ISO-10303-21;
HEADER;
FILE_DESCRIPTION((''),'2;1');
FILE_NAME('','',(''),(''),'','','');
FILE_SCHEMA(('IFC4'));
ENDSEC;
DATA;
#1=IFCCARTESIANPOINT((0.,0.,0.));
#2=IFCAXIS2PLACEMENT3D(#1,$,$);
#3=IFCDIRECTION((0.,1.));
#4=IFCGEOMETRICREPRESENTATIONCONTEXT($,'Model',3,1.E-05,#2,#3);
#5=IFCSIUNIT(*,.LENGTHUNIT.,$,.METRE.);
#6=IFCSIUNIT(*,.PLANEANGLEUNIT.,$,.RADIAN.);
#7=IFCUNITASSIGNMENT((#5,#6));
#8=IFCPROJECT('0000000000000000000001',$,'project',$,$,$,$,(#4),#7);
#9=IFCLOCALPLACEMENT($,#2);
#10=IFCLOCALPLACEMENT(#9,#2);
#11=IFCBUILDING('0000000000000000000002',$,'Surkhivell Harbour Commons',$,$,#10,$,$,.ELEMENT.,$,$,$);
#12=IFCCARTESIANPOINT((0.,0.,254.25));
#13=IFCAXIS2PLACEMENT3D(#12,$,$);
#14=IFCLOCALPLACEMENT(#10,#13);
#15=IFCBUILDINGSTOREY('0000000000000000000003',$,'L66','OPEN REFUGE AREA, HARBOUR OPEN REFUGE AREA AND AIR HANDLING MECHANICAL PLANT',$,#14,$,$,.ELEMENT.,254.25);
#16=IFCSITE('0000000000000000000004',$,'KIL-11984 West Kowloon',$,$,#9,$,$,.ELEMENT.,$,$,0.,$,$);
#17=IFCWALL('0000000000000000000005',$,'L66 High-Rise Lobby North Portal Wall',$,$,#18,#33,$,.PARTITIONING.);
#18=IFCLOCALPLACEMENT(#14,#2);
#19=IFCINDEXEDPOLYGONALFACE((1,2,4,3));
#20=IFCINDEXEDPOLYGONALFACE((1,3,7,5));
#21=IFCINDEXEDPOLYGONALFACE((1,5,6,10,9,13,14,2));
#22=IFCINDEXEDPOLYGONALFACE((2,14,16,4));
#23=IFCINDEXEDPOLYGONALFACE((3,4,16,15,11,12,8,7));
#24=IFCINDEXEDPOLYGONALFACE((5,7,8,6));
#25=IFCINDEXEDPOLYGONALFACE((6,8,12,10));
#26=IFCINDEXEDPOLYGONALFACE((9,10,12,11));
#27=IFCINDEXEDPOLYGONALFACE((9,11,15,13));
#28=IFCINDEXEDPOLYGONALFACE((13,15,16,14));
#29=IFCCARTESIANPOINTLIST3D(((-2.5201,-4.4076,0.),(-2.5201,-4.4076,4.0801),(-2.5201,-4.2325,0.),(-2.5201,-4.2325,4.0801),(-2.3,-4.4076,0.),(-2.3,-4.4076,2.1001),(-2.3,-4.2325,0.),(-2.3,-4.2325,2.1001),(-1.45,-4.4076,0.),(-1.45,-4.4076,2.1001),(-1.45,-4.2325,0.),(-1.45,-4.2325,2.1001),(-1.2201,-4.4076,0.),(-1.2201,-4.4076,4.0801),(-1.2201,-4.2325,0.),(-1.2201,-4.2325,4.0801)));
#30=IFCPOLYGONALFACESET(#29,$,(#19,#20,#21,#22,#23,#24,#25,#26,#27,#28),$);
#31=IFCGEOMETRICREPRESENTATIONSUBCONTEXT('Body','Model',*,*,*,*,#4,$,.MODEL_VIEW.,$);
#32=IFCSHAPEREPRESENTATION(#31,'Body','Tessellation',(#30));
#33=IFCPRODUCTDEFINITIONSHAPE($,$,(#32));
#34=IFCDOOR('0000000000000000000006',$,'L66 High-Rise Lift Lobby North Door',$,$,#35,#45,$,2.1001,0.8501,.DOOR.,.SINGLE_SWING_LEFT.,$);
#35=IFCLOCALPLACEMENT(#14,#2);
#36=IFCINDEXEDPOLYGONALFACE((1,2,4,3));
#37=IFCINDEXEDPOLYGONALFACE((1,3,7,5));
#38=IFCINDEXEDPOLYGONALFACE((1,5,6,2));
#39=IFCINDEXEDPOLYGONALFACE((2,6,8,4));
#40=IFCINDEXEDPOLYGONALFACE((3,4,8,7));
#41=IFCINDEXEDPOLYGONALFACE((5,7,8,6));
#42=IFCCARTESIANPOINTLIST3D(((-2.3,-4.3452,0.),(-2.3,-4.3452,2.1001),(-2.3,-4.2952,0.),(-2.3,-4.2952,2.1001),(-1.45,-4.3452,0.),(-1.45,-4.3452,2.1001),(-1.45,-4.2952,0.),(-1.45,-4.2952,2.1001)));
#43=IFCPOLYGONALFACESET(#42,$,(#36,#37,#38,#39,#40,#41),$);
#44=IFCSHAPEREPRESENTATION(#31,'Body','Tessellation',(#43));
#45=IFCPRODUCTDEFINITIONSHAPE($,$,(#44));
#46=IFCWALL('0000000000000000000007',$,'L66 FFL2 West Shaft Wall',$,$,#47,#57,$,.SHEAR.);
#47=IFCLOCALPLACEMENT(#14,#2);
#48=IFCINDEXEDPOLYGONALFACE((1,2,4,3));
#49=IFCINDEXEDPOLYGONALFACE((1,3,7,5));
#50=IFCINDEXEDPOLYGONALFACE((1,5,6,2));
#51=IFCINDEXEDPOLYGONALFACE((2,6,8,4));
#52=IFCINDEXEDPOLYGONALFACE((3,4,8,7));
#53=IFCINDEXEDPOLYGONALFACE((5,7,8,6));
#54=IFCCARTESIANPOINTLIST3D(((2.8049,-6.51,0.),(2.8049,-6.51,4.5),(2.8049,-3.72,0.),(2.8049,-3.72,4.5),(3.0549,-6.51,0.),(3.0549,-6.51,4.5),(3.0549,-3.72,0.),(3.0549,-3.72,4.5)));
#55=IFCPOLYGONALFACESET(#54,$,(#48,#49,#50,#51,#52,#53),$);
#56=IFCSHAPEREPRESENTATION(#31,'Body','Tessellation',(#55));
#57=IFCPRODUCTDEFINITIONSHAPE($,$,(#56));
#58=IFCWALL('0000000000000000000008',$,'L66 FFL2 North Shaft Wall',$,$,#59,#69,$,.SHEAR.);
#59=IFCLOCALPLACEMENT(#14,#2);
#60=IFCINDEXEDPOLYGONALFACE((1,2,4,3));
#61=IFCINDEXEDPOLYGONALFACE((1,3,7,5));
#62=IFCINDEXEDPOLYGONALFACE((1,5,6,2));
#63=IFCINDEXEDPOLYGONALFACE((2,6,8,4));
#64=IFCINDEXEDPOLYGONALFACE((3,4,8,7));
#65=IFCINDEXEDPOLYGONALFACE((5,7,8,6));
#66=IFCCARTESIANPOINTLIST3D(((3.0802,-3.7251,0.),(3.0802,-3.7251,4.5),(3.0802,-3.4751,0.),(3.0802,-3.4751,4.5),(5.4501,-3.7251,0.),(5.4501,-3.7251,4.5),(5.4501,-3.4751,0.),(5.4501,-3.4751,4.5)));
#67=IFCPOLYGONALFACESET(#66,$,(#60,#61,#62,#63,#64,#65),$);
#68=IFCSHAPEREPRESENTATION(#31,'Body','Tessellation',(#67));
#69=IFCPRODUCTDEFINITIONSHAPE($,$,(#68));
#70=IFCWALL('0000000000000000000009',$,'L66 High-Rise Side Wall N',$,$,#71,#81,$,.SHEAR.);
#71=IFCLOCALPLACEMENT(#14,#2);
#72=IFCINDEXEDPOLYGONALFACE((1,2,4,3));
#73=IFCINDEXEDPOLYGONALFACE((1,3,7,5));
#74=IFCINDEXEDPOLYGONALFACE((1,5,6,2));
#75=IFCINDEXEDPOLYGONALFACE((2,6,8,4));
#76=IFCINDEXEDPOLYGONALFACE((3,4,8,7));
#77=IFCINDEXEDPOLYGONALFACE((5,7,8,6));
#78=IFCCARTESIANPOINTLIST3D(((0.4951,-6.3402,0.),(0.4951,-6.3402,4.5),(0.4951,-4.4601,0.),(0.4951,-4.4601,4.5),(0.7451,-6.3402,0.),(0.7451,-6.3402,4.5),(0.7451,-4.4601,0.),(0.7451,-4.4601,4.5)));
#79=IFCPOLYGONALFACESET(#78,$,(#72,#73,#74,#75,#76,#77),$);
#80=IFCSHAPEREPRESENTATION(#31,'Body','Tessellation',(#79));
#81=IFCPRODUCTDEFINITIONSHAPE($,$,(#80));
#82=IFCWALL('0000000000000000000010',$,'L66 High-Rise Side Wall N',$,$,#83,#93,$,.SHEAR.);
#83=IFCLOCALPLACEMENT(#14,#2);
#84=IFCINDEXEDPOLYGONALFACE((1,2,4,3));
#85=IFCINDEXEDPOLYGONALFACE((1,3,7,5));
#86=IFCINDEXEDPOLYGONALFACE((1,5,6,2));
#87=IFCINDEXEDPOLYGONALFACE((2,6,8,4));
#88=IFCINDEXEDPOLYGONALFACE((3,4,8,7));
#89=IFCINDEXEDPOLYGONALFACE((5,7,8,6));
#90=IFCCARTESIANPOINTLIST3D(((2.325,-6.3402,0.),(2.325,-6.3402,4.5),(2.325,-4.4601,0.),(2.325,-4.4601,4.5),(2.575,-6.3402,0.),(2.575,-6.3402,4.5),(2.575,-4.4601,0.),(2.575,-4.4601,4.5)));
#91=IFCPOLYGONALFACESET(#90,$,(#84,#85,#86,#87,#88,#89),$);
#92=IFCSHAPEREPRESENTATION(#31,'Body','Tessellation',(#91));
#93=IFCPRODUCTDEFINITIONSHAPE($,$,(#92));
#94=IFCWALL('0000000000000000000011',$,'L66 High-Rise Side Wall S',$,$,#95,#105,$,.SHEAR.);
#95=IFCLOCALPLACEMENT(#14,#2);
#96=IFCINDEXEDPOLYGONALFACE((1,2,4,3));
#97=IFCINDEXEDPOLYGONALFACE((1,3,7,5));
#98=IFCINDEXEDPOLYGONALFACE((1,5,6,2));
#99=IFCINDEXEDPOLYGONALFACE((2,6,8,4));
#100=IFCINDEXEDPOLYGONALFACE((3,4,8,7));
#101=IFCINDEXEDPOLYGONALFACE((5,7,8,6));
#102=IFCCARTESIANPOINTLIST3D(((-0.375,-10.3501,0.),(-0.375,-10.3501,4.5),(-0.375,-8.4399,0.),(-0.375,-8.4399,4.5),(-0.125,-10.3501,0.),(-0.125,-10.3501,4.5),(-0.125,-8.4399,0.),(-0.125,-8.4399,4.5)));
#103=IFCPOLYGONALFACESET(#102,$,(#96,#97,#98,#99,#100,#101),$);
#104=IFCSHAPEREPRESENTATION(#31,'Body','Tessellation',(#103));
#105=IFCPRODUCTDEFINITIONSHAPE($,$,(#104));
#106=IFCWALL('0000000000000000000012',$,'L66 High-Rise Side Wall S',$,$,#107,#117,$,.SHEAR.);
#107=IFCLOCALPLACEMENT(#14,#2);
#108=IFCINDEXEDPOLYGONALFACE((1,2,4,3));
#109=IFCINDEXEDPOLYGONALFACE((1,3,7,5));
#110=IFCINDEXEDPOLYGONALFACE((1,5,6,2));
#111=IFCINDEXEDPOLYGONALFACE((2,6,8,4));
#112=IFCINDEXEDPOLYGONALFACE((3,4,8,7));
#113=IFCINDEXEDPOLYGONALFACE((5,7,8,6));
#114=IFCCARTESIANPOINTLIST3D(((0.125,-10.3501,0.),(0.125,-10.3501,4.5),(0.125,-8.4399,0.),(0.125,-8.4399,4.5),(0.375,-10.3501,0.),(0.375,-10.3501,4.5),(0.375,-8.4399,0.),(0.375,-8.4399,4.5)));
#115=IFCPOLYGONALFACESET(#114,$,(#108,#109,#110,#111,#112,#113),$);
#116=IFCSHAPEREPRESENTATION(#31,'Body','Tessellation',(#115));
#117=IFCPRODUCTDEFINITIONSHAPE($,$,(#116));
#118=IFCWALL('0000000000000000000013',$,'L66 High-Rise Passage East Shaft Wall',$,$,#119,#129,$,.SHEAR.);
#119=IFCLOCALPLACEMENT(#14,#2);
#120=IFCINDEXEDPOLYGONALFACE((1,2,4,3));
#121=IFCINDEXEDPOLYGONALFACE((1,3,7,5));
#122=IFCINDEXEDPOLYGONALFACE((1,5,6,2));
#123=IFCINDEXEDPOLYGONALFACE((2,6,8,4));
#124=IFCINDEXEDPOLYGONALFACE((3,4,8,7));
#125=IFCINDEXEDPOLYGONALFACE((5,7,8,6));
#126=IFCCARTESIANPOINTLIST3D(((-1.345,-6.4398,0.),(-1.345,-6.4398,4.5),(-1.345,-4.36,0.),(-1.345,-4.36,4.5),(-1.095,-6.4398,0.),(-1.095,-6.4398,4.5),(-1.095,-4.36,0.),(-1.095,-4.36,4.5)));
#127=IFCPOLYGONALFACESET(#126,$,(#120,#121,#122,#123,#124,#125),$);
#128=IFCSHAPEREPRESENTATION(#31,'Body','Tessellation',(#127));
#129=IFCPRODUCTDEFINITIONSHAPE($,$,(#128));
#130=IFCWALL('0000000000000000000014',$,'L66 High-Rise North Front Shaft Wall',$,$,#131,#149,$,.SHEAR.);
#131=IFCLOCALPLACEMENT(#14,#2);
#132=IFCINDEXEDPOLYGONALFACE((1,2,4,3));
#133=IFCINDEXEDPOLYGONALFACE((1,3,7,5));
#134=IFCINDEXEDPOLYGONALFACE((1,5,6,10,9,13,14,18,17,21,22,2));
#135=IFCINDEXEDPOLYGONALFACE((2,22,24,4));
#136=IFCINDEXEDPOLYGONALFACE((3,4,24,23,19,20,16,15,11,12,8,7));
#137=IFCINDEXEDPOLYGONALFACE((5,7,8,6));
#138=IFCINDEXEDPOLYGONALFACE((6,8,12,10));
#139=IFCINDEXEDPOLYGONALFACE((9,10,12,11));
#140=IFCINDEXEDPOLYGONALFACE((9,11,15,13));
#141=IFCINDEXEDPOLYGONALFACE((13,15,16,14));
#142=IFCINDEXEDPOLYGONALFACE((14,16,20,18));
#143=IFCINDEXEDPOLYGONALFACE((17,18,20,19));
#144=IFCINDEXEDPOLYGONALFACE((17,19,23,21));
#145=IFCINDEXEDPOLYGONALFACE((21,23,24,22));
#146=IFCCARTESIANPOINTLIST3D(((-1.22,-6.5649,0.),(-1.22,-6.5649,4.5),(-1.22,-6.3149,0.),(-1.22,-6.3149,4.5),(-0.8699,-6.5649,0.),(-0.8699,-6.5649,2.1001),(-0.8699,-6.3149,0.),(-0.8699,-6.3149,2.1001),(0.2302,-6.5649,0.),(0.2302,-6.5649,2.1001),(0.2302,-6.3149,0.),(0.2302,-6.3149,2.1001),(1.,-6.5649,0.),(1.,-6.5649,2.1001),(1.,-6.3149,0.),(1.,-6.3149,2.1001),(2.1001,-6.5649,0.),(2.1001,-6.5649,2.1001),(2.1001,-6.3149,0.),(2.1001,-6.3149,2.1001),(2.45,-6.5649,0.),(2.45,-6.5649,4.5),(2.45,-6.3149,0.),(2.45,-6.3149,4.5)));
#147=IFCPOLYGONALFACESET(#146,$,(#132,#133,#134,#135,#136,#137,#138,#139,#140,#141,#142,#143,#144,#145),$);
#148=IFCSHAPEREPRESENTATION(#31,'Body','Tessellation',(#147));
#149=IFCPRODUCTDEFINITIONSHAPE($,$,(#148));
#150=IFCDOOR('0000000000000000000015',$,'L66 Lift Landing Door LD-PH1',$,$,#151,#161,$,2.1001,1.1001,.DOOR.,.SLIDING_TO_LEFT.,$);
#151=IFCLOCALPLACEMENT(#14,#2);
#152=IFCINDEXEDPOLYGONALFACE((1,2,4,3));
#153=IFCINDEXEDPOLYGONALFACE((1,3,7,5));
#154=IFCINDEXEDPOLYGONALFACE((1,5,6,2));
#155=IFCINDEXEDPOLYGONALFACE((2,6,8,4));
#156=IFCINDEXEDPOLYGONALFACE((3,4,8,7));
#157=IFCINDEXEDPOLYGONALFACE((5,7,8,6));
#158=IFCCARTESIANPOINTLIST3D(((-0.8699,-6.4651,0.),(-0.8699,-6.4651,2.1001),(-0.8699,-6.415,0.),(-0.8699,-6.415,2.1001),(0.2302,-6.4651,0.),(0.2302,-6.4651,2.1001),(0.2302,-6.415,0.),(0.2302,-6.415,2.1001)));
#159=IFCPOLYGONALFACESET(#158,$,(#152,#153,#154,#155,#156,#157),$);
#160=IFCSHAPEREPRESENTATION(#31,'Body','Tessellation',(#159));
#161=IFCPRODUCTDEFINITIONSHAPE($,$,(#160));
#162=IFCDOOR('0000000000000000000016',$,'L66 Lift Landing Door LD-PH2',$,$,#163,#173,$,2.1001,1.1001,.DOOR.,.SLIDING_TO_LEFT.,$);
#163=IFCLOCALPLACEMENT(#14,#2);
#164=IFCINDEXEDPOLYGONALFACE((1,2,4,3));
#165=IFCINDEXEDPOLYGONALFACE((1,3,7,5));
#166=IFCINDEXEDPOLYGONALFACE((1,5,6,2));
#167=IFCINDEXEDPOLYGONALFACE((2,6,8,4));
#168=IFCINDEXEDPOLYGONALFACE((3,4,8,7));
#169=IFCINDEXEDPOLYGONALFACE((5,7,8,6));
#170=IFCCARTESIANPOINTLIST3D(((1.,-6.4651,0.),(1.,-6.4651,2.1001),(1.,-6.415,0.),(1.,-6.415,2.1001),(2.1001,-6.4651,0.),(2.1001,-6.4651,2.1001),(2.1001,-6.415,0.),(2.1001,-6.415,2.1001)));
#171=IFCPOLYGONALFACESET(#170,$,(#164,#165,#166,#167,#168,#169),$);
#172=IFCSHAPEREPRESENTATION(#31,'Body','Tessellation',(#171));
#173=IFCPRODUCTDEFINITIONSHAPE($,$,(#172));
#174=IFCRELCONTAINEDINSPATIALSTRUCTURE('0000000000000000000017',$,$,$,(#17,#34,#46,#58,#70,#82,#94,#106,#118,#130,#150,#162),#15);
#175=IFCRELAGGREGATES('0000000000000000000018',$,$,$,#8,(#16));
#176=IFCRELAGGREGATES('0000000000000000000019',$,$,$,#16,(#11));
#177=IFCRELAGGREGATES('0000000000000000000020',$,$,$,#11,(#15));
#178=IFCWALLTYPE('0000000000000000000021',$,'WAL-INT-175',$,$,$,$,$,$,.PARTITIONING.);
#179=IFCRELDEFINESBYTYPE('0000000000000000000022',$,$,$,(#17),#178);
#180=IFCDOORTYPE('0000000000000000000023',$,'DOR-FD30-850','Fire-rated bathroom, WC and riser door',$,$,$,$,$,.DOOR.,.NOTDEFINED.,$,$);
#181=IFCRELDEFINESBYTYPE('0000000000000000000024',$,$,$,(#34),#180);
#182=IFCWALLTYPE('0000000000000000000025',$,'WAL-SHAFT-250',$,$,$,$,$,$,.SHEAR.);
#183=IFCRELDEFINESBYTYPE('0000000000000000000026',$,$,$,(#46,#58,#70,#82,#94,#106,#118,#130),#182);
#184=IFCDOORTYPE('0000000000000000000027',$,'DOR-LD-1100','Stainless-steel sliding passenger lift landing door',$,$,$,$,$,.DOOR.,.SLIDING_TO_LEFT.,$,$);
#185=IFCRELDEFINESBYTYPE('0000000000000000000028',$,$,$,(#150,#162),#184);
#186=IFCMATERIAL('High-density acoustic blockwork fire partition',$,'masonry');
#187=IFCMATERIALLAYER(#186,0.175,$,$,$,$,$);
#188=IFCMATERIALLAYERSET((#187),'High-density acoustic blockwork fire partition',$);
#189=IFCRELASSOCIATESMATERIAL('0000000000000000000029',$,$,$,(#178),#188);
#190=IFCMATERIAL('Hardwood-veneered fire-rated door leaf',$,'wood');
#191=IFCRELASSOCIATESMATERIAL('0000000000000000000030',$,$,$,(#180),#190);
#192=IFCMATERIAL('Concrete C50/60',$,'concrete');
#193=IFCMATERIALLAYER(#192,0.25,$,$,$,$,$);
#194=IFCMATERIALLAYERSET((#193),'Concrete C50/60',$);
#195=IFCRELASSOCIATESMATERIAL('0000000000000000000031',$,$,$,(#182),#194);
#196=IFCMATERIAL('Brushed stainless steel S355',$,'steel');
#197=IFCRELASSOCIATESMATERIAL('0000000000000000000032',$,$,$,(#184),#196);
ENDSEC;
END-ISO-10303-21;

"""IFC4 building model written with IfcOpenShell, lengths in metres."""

from ifc_helpers import new_model, si_unit, direction, frame, frame_2d, origin, place, context, subcontext, project, spatial, rectangle, extrude, material, layer, layer_set, type_object, element, fill, save


model = new_model("IFC4")

# Units and contexts
model_context = context("Model", 3, precision=1e-05, world=origin(), true_north=direction((0.0, 1.0)))
body_context = subcontext(model_context, "Body", "Model", "MODEL_VIEW")
ifc_project = project(units=[si_unit("LENGTHUNIT", "METRE"), si_unit("PLANEANGLEUNIT", "RADIAN")], contexts=[model_context])

# Site, building, storey
site_placement = place(None, origin())
site = spatial("IfcSite", under=ifc_project, at=site_placement, Name="KIL-11984 West Kowloon", CompositionType="ELEMENT", RefElevation=0.0)
building_placement = place(site_placement, origin())
building = spatial("IfcBuilding", under=site, at=building_placement, Name="Surkhivell Harbour Commons", CompositionType="ELEMENT")
storey_placement = place(building_placement, frame((0.0, 0.0, 254.25)))
storey = spatial("IfcBuildingStorey", under=building, at=storey_placement, Name="L66", Description="OPEN REFUGE AREA, HARBOUR OPEN REFUGE AREA AND AIR HANDLING MECHANICAL PLANT", CompositionType="ELEMENT", Elevation=254.25)

# Shared definitions
ifc_material_1 = material(Name="Concrete C50/60", Category="concrete")

# Wall, opening, door
ifc_material_2 = material(Name="High-density acoustic blockwork fire partition", Category="masonry")
ifc_layer_1 = layer(ifc_material_2, 0.175)
ifc_layer_set_1 = layer_set([ifc_layer_1], Name="High-density acoustic blockwork fire partition")
wall_type_1 = type_object("IfcWallType", Name="WAL-INT-175", PredefinedType="PARTITIONING", material=ifc_layer_set_1)
ifc_material_3 = material(Name="Hardwood-veneered fire-rated door leaf", Category="wood")
door_type_1 = type_object("IfcDoorType", Name="DOR-FD30-850", Description="Fire-rated bathroom, WC and riser door", OperationType="NOTDEFINED", PredefinedType="DOOR", material=ifc_material_3)
wall_1_placement = place(storey_placement, frame((-2.52, -4.3201, 0.0), z_axis=(0.0, 0.0, 1.0), x_axis=(1.0, 0.0, 0.0)))
wall_1 = element("IfcWall", 1, at=wall_1_placement, inside=storey, type_object=wall_type_1, Name="L66 High-Rise Lobby North Portal Wall", PredefinedType="PARTITIONING", context=body_context, shape_type="SweptSolid", body=[
    extrude(rectangle(XDim=1.3, YDim=0.175, at=frame_2d((0.6499, 0.0))), origin(), (0.0, 0.0, 1.0), 4.0801),
])
opening_1_placement = place(wall_1_placement, frame((0.22, 0.0, 0.0)))
opening_1 = element("IfcOpeningElement", 2, at=opening_1_placement, cuts=wall_1, PredefinedType="OPENING", context=body_context, shape_type="SweptSolid", body=[
    extrude(rectangle(XDim=0.8501, YDim=2.1001, at=frame_2d((0.425, 1.05))), frame((0.0, 0.0974, 0.0), z_axis=(0.0, -1.0, 0.0), x_axis=(1.0, 0.0, 0.0)), (0.0, 0.0, 1.0), 0.1951),
])
door_1_placement = place(opening_1_placement, origin())
door_1 = element("IfcDoor", 3, at=door_1_placement, inside=storey, type_object=door_type_1, Name="L66 High-Rise Lift Lobby North Door", OperationType="SINGLE_SWING_LEFT", OverallHeight=2.1001, OverallWidth=0.8501, PredefinedType="DOOR", context=body_context, shape_type="SweptSolid", body=[
    extrude(rectangle(XDim=0.8501, YDim=2.1001, at=frame_2d((0.425, 1.05))), frame((0.0, 0.0249, 0.0), z_axis=(0.0, -1.0, 0.0), x_axis=(1.0, 0.0, 0.0)), (0.0, 0.0, 1.0), 0.05),
])
fill(opening_1, door_1)

# Walls
ifc_layer_2 = layer(ifc_material_1, 0.25)
ifc_layer_set_2 = layer_set([ifc_layer_2], Name="Concrete C50/60")
wall_type_2 = type_object("IfcWallType", Name="WAL-SHAFT-250", PredefinedType="SHEAR", material=ifc_layer_set_2)
wall_2_placement = place(storey_placement, frame((2.9299, -6.51, 0.0), z_axis=(0.0, 0.0, 1.0), x_axis=(0.0, 1.0, 0.0)))
element("IfcWall", 4, at=wall_2_placement, inside=storey, type_object=wall_type_2, Name="L66 FFL2 West Shaft Wall", PredefinedType="SHEAR", context=body_context, shape_type="SweptSolid", body=[
    extrude(rectangle(XDim=2.79, YDim=0.25, at=frame_2d((1.395, 0.0))), origin(), (0.0, 0.0, 1.0), 4.5),
])
wall_3_placement = place(storey_placement, frame((3.0801, -3.6001, 0.0), z_axis=(0.0, 0.0, 1.0), x_axis=(1.0, 0.0, 0.0)))
element("IfcWall", 5, at=wall_3_placement, inside=storey, type_object=wall_type_2, Name="L66 FFL2 North Shaft Wall", PredefinedType="SHEAR", context=body_context, shape_type="SweptSolid", body=[
    extrude(rectangle(XDim=2.3699, YDim=0.25, at=frame_2d((1.1851, 0.0))), origin(), (0.0, 0.0, 1.0), 4.5),
])
for number, where, z_axis, x_axis, name in (
    (6, (0.6201, -6.3401, 0.0), (0.0, 0.0, 1.0), (0.0, 1.0, 0.0), "L66 High-Rise Side Wall N"),
    (7, (2.45, -6.3401, 0.0), (0.0, 0.0, 1.0), (0.0, 1.0, 0.0), "L66 High-Rise Side Wall N"),
):
    element("IfcWall", number, at=place(storey_placement, frame(where, z_axis=z_axis, x_axis=x_axis)), inside=storey, type_object=wall_type_2, Name=name, PredefinedType="SHEAR", context=body_context, shape_type="SweptSolid", body=[
        extrude(rectangle(XDim=1.8801, YDim=0.25, at=frame_2d((0.9399, 0.0))), origin(), (0.0, 0.0, 1.0), 4.5),
    ])
for number, where, z_axis, x_axis, name in (
    (8, (-0.25, -10.3501, 0.0), (0.0, 0.0, 1.0), (0.0, 1.0, 0.0), "L66 High-Rise Side Wall S"),
    (9, (0.25, -10.3501, 0.0), (0.0, 0.0, 1.0), (0.0, 1.0, 0.0), "L66 High-Rise Side Wall S"),
):
    element("IfcWall", number, at=place(storey_placement, frame(where, z_axis=z_axis, x_axis=x_axis)), inside=storey, type_object=wall_type_2, Name=name, PredefinedType="SHEAR", context=body_context, shape_type="SweptSolid", body=[
        extrude(rectangle(XDim=1.9102, YDim=0.25, at=frame_2d((0.9551, 0.0))), origin(), (0.0, 0.0, 1.0), 4.5),
    ])
wall_4_placement = place(storey_placement, frame((-1.22, -6.4399, 0.0), z_axis=(0.0, 0.0, 1.0), x_axis=(0.0, 1.0, 0.0)))
element("IfcWall", 10, at=wall_4_placement, inside=storey, type_object=wall_type_2, Name="L66 High-Rise Passage East Shaft Wall", PredefinedType="SHEAR", context=body_context, shape_type="SweptSolid", body=[
    extrude(rectangle(XDim=2.0798, YDim=0.25, at=frame_2d((1.04, 0.0))), origin(), (0.0, 0.0, 1.0), 4.5),
])

# Wall, openings, doors
wall_5_placement = place(storey_placement, frame((-1.22, -6.4399, 0.0), z_axis=(0.0, 0.0, 1.0), x_axis=(1.0, 0.0, 0.0)))
wall_5 = element("IfcWall", 11, at=wall_5_placement, inside=storey, type_object=wall_type_2, Name="L66 High-Rise North Front Shaft Wall", PredefinedType="SHEAR", context=body_context, shape_type="SweptSolid", body=[
    extrude(rectangle(XDim=3.6699, YDim=0.25, at=frame_2d((1.835, 0.0))), origin(), (0.0, 0.0, 1.0), 4.5),
])
opening_2_placement = place(wall_5_placement, frame((0.3501, 0.0, 0.0)))
opening_2 = element("IfcOpeningElement", 12, at=opening_2_placement, cuts=wall_5, PredefinedType="OPENING", context=body_context, shape_type="SweptSolid", body=[
    extrude(rectangle(XDim=1.1001, YDim=2.1001, at=frame_2d((0.55, 1.05))), frame((0.0, 0.135, 0.0), z_axis=(0.0, -1.0, 0.0), x_axis=(1.0, 0.0, 0.0)), (0.0, 0.0, 1.0), 0.27),
])
opening_3_placement = place(wall_5_placement, frame((2.22, 0.0, 0.0)))
opening_3 = element("IfcOpeningElement", 13, at=opening_3_placement, cuts=wall_5, PredefinedType="OPENING", context=body_context, shape_type="SweptSolid", body=[
    extrude(rectangle(XDim=1.1001, YDim=2.1001, at=frame_2d((0.55, 1.05))), frame((0.0, 0.135, 0.0), z_axis=(0.0, -1.0, 0.0), x_axis=(1.0, 0.0, 0.0)), (0.0, 0.0, 1.0), 0.27),
])
ifc_material_4 = material(Name="Brushed stainless steel S355", Category="steel")
door_type_2 = type_object("IfcDoorType", Name="DOR-LD-1100", Description="Stainless-steel sliding passenger lift landing door", OperationType="SLIDING_TO_LEFT", PredefinedType="DOOR", material=ifc_material_4)
door_2_placement = place(opening_2_placement, origin())
door_2 = element("IfcDoor", 14, at=door_2_placement, inside=storey, type_object=door_type_2, Name="L66 Lift Landing Door LD-PH1", OperationType="SLIDING_TO_LEFT", OverallHeight=2.1001, OverallWidth=1.1001, PredefinedType="DOOR", context=body_context, shape_type="SweptSolid", body=[
    extrude(rectangle(XDim=1.1001, YDim=2.1001, at=frame_2d((0.55, 1.05))), frame((0.0, 0.0249, 0.0), z_axis=(0.0, -1.0, 0.0), x_axis=(1.0, 0.0, 0.0)), (0.0, 0.0, 1.0), 0.05),
])
fill(opening_2, door_2)
door_3_placement = place(opening_3_placement, origin())
door_3 = element("IfcDoor", 15, at=door_3_placement, inside=storey, type_object=door_type_2, Name="L66 Lift Landing Door LD-PH2", OperationType="SLIDING_TO_LEFT", OverallHeight=2.1001, OverallWidth=1.1001, PredefinedType="DOOR", context=body_context, shape_type="SweptSolid", body=[
    extrude(rectangle(XDim=1.1001, YDim=2.1001, at=frame_2d((0.55, 1.05))), frame((0.0, 0.0249, 0.0), z_axis=(0.0, -1.0, 0.0), x_axis=(1.0, 0.0, 0.0)), (0.0, 0.0, 1.0), 0.05),
])
fill(opening_3, door_3)

save(model, "model.ifc")
